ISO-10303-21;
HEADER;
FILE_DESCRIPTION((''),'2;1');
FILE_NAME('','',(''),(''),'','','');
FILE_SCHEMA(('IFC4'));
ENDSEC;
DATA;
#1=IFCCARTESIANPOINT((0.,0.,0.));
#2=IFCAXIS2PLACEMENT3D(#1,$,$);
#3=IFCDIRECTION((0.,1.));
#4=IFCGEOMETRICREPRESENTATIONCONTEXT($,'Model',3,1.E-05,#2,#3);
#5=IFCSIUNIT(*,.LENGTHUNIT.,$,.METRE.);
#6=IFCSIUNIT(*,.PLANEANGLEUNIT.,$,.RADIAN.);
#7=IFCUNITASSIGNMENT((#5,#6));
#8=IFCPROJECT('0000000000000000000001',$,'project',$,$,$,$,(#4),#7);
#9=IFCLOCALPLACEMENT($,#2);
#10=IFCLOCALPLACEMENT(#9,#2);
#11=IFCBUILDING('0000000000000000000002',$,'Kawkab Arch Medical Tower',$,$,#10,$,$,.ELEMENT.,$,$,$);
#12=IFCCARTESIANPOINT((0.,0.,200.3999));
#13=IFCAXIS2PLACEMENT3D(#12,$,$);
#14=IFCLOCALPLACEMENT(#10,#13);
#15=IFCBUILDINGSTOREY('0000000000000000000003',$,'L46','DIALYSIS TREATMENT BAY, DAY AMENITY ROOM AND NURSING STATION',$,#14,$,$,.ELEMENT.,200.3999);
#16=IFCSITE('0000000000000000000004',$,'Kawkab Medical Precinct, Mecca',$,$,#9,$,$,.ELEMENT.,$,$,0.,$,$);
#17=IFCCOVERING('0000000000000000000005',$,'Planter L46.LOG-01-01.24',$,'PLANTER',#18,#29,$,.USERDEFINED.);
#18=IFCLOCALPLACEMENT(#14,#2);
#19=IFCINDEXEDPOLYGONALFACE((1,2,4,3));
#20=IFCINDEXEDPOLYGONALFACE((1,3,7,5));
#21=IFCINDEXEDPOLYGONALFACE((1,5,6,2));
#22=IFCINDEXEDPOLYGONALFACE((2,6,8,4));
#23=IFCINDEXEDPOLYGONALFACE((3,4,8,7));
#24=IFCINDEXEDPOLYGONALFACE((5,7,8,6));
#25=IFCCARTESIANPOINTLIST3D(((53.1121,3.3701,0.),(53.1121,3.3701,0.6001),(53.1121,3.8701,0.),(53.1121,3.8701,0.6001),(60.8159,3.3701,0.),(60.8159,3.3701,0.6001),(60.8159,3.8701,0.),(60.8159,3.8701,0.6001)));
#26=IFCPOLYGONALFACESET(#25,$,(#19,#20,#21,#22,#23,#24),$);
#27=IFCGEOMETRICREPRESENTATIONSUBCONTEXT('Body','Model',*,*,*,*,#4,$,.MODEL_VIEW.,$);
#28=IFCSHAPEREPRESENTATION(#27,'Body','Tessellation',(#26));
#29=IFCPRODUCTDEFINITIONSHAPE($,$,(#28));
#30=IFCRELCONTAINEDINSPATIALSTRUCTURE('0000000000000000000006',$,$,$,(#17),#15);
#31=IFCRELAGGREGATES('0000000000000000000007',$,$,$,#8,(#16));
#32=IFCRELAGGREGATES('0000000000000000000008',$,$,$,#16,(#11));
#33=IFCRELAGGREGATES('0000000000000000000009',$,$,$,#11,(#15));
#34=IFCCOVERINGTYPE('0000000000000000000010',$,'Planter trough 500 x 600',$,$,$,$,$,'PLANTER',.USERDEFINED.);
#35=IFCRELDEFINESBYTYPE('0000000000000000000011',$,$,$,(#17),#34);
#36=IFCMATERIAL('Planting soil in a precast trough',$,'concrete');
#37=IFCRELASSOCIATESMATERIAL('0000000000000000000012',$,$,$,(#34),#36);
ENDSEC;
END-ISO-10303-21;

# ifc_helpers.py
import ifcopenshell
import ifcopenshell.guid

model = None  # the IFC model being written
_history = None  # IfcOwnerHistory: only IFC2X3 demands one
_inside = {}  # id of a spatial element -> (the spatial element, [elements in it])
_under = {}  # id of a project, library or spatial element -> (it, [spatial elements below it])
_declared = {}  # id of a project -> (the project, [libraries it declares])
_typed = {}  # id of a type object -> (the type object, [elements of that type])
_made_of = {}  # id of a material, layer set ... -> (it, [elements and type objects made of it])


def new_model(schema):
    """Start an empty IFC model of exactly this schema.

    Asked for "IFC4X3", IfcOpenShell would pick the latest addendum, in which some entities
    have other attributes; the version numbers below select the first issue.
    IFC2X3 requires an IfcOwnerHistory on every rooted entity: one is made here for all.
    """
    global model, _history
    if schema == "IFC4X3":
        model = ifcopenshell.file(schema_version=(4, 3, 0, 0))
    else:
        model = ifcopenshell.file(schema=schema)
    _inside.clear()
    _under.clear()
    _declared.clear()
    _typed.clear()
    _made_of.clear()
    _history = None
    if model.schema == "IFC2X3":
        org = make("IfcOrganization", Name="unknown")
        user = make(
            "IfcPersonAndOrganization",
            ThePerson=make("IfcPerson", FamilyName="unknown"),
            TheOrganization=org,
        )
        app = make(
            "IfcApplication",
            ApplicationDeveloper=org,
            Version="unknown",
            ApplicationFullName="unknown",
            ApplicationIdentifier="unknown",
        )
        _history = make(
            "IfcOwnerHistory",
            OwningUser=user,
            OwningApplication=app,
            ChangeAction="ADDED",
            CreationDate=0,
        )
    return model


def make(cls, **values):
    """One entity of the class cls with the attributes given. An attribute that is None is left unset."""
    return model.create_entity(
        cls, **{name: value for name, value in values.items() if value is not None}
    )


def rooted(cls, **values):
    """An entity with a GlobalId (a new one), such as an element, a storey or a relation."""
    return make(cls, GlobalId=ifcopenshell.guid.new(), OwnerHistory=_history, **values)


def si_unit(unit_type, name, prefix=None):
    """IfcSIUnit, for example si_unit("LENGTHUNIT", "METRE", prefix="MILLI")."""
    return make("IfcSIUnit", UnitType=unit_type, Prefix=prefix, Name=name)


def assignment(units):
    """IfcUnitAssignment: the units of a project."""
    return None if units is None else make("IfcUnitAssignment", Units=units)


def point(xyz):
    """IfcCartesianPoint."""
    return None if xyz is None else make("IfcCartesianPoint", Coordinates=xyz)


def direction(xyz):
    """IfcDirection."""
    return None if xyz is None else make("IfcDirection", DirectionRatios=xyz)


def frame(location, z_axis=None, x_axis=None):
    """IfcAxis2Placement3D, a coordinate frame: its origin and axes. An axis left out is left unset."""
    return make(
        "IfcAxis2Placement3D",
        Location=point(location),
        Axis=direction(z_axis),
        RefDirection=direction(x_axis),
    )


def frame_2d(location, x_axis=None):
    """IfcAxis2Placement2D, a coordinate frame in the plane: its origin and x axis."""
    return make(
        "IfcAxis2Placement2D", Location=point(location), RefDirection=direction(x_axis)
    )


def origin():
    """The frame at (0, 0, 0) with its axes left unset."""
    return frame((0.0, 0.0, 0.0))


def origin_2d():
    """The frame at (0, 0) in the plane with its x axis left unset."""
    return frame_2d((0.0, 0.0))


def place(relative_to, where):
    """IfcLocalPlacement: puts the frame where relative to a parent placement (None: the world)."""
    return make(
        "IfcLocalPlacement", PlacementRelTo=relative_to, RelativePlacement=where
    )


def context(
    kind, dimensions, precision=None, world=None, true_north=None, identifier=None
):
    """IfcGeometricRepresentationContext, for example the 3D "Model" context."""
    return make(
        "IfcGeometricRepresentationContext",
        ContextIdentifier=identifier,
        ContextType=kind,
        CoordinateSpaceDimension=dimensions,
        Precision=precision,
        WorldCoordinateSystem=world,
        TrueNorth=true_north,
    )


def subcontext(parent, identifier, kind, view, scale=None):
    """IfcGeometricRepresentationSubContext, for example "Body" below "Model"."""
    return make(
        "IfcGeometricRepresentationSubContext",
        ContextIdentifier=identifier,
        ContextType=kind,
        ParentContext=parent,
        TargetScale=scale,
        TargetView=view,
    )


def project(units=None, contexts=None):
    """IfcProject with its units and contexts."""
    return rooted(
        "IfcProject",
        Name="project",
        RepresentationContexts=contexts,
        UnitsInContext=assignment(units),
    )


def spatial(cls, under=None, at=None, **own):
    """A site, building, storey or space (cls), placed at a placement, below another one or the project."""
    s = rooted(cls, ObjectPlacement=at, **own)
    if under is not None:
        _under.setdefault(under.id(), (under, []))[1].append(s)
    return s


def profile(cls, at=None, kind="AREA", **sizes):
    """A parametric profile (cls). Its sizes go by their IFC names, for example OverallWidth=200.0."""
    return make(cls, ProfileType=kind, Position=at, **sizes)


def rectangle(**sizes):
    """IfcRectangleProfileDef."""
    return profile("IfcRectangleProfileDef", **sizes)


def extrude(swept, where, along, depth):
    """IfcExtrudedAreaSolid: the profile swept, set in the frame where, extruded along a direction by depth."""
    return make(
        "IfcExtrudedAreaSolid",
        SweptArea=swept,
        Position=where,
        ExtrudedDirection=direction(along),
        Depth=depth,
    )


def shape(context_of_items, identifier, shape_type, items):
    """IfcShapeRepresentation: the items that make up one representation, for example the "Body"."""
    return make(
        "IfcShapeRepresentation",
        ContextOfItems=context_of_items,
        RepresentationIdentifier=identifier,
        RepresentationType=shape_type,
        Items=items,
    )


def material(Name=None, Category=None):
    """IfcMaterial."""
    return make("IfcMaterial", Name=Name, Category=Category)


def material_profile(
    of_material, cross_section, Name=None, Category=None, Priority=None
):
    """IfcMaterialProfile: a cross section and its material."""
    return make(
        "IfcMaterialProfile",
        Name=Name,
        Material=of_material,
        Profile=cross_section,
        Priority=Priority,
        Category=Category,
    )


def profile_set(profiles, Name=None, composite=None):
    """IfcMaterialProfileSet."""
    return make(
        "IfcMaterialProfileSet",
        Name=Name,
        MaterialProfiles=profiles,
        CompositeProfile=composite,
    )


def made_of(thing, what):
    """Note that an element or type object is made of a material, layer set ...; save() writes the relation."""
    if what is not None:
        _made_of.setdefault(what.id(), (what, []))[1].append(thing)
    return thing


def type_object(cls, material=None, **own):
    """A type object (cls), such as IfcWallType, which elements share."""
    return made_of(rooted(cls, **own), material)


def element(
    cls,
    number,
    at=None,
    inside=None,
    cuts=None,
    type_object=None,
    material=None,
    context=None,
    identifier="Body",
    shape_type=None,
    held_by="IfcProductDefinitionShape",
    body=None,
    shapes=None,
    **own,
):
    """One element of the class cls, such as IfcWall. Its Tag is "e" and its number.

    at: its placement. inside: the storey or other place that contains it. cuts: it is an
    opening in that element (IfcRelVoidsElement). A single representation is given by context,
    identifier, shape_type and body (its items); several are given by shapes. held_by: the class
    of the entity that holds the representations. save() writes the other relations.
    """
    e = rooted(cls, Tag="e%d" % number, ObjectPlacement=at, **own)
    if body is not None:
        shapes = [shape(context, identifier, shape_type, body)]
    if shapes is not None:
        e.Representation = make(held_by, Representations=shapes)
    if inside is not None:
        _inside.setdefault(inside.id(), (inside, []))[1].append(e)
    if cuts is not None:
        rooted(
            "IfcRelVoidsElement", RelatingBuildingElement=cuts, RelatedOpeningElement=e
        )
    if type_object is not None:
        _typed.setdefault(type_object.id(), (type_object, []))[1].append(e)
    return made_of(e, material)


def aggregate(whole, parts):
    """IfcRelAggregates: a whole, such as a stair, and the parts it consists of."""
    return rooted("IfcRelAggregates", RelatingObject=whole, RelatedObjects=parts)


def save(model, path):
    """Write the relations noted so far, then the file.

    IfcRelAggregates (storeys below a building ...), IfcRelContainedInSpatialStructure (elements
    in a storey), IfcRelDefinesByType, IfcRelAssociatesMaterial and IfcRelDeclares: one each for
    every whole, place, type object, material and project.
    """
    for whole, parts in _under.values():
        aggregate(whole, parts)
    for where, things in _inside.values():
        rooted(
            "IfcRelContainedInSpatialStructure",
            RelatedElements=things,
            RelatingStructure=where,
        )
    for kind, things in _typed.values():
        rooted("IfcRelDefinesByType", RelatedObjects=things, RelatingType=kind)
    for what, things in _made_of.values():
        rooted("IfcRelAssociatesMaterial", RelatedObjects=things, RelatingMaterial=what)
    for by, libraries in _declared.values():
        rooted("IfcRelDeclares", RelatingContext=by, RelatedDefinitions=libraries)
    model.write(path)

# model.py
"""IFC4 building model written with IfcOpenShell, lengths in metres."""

from ifc_helpers import new_model, si_unit, direction, frame, origin, origin_2d, place, context, subcontext, project, spatial, rectangle, extrude, material, material_profile, profile_set, type_object, element, save


model = new_model("IFC4")

# Units and contexts
model_context = context("Model", 3, precision=1e-05, world=origin(), true_north=direction((0.0, 1.0)))
body_context = subcontext(model_context, "Body", "Model", "MODEL_VIEW")
ifc_project = project(units=[si_unit("LENGTHUNIT", "METRE"), si_unit("PLANEANGLEUNIT", "RADIAN")], contexts=[model_context])

# Site, building, storey
site_placement = place(None, origin())
site = spatial("IfcSite", under=ifc_project, at=site_placement, Name="Kawkab Medical Precinct, Mecca", CompositionType="ELEMENT", RefElevation=0.0)
building_placement = place(site_placement, origin())
building = spatial("IfcBuilding", under=site, at=building_placement, Name="Kawkab Arch Medical Tower", CompositionType="ELEMENT")
storey_placement = place(building_placement, frame((0.0, 0.0, 200.3999)))
storey = spatial("IfcBuildingStorey", under=building, at=storey_placement, Name="L46", Description="DIALYSIS TREATMENT BAY, DAY AMENITY ROOM AND NURSING STATION", CompositionType="ELEMENT", Elevation=200.3999)

# Covering
ifc_material_1 = material(Name="Planting soil in a precast trough", Category="concrete")
ifc_material_profile_1 = material_profile(ifc_material_1, rectangle(XDim=0.5, YDim=0.6001, at=origin_2d()), Name="Trough 500x600")
ifc_profile_set_1 = profile_set([ifc_material_profile_1], Name="Planting soil in a precast trough")
covering_type_1 = type_object("IfcCoveringType", Name="Planter trough 500 x 600", ElementType="PLANTER", PredefinedType="USERDEFINED", material=ifc_profile_set_1)
covering_1_placement = place(storey_placement, frame((53.1121, 3.6201, 0.3), z_axis=(1.0, 0.0, 0.0), x_axis=(0.0, 1.0, 0.0)))
element("IfcCovering", 1, at=covering_1_placement, inside=storey, type_object=covering_type_1, Name="Planter L46.LOG-01-01.24", ObjectType="PLANTER", PredefinedType="USERDEFINED", context=body_context, shape_type="SweptSolid", body=[
    extrude(rectangle(XDim=0.5, YDim=0.6001, at=origin_2d()), origin(), (0.0, 0.0, 1.0), 7.7039),
])

save(model, "model.ifc")
